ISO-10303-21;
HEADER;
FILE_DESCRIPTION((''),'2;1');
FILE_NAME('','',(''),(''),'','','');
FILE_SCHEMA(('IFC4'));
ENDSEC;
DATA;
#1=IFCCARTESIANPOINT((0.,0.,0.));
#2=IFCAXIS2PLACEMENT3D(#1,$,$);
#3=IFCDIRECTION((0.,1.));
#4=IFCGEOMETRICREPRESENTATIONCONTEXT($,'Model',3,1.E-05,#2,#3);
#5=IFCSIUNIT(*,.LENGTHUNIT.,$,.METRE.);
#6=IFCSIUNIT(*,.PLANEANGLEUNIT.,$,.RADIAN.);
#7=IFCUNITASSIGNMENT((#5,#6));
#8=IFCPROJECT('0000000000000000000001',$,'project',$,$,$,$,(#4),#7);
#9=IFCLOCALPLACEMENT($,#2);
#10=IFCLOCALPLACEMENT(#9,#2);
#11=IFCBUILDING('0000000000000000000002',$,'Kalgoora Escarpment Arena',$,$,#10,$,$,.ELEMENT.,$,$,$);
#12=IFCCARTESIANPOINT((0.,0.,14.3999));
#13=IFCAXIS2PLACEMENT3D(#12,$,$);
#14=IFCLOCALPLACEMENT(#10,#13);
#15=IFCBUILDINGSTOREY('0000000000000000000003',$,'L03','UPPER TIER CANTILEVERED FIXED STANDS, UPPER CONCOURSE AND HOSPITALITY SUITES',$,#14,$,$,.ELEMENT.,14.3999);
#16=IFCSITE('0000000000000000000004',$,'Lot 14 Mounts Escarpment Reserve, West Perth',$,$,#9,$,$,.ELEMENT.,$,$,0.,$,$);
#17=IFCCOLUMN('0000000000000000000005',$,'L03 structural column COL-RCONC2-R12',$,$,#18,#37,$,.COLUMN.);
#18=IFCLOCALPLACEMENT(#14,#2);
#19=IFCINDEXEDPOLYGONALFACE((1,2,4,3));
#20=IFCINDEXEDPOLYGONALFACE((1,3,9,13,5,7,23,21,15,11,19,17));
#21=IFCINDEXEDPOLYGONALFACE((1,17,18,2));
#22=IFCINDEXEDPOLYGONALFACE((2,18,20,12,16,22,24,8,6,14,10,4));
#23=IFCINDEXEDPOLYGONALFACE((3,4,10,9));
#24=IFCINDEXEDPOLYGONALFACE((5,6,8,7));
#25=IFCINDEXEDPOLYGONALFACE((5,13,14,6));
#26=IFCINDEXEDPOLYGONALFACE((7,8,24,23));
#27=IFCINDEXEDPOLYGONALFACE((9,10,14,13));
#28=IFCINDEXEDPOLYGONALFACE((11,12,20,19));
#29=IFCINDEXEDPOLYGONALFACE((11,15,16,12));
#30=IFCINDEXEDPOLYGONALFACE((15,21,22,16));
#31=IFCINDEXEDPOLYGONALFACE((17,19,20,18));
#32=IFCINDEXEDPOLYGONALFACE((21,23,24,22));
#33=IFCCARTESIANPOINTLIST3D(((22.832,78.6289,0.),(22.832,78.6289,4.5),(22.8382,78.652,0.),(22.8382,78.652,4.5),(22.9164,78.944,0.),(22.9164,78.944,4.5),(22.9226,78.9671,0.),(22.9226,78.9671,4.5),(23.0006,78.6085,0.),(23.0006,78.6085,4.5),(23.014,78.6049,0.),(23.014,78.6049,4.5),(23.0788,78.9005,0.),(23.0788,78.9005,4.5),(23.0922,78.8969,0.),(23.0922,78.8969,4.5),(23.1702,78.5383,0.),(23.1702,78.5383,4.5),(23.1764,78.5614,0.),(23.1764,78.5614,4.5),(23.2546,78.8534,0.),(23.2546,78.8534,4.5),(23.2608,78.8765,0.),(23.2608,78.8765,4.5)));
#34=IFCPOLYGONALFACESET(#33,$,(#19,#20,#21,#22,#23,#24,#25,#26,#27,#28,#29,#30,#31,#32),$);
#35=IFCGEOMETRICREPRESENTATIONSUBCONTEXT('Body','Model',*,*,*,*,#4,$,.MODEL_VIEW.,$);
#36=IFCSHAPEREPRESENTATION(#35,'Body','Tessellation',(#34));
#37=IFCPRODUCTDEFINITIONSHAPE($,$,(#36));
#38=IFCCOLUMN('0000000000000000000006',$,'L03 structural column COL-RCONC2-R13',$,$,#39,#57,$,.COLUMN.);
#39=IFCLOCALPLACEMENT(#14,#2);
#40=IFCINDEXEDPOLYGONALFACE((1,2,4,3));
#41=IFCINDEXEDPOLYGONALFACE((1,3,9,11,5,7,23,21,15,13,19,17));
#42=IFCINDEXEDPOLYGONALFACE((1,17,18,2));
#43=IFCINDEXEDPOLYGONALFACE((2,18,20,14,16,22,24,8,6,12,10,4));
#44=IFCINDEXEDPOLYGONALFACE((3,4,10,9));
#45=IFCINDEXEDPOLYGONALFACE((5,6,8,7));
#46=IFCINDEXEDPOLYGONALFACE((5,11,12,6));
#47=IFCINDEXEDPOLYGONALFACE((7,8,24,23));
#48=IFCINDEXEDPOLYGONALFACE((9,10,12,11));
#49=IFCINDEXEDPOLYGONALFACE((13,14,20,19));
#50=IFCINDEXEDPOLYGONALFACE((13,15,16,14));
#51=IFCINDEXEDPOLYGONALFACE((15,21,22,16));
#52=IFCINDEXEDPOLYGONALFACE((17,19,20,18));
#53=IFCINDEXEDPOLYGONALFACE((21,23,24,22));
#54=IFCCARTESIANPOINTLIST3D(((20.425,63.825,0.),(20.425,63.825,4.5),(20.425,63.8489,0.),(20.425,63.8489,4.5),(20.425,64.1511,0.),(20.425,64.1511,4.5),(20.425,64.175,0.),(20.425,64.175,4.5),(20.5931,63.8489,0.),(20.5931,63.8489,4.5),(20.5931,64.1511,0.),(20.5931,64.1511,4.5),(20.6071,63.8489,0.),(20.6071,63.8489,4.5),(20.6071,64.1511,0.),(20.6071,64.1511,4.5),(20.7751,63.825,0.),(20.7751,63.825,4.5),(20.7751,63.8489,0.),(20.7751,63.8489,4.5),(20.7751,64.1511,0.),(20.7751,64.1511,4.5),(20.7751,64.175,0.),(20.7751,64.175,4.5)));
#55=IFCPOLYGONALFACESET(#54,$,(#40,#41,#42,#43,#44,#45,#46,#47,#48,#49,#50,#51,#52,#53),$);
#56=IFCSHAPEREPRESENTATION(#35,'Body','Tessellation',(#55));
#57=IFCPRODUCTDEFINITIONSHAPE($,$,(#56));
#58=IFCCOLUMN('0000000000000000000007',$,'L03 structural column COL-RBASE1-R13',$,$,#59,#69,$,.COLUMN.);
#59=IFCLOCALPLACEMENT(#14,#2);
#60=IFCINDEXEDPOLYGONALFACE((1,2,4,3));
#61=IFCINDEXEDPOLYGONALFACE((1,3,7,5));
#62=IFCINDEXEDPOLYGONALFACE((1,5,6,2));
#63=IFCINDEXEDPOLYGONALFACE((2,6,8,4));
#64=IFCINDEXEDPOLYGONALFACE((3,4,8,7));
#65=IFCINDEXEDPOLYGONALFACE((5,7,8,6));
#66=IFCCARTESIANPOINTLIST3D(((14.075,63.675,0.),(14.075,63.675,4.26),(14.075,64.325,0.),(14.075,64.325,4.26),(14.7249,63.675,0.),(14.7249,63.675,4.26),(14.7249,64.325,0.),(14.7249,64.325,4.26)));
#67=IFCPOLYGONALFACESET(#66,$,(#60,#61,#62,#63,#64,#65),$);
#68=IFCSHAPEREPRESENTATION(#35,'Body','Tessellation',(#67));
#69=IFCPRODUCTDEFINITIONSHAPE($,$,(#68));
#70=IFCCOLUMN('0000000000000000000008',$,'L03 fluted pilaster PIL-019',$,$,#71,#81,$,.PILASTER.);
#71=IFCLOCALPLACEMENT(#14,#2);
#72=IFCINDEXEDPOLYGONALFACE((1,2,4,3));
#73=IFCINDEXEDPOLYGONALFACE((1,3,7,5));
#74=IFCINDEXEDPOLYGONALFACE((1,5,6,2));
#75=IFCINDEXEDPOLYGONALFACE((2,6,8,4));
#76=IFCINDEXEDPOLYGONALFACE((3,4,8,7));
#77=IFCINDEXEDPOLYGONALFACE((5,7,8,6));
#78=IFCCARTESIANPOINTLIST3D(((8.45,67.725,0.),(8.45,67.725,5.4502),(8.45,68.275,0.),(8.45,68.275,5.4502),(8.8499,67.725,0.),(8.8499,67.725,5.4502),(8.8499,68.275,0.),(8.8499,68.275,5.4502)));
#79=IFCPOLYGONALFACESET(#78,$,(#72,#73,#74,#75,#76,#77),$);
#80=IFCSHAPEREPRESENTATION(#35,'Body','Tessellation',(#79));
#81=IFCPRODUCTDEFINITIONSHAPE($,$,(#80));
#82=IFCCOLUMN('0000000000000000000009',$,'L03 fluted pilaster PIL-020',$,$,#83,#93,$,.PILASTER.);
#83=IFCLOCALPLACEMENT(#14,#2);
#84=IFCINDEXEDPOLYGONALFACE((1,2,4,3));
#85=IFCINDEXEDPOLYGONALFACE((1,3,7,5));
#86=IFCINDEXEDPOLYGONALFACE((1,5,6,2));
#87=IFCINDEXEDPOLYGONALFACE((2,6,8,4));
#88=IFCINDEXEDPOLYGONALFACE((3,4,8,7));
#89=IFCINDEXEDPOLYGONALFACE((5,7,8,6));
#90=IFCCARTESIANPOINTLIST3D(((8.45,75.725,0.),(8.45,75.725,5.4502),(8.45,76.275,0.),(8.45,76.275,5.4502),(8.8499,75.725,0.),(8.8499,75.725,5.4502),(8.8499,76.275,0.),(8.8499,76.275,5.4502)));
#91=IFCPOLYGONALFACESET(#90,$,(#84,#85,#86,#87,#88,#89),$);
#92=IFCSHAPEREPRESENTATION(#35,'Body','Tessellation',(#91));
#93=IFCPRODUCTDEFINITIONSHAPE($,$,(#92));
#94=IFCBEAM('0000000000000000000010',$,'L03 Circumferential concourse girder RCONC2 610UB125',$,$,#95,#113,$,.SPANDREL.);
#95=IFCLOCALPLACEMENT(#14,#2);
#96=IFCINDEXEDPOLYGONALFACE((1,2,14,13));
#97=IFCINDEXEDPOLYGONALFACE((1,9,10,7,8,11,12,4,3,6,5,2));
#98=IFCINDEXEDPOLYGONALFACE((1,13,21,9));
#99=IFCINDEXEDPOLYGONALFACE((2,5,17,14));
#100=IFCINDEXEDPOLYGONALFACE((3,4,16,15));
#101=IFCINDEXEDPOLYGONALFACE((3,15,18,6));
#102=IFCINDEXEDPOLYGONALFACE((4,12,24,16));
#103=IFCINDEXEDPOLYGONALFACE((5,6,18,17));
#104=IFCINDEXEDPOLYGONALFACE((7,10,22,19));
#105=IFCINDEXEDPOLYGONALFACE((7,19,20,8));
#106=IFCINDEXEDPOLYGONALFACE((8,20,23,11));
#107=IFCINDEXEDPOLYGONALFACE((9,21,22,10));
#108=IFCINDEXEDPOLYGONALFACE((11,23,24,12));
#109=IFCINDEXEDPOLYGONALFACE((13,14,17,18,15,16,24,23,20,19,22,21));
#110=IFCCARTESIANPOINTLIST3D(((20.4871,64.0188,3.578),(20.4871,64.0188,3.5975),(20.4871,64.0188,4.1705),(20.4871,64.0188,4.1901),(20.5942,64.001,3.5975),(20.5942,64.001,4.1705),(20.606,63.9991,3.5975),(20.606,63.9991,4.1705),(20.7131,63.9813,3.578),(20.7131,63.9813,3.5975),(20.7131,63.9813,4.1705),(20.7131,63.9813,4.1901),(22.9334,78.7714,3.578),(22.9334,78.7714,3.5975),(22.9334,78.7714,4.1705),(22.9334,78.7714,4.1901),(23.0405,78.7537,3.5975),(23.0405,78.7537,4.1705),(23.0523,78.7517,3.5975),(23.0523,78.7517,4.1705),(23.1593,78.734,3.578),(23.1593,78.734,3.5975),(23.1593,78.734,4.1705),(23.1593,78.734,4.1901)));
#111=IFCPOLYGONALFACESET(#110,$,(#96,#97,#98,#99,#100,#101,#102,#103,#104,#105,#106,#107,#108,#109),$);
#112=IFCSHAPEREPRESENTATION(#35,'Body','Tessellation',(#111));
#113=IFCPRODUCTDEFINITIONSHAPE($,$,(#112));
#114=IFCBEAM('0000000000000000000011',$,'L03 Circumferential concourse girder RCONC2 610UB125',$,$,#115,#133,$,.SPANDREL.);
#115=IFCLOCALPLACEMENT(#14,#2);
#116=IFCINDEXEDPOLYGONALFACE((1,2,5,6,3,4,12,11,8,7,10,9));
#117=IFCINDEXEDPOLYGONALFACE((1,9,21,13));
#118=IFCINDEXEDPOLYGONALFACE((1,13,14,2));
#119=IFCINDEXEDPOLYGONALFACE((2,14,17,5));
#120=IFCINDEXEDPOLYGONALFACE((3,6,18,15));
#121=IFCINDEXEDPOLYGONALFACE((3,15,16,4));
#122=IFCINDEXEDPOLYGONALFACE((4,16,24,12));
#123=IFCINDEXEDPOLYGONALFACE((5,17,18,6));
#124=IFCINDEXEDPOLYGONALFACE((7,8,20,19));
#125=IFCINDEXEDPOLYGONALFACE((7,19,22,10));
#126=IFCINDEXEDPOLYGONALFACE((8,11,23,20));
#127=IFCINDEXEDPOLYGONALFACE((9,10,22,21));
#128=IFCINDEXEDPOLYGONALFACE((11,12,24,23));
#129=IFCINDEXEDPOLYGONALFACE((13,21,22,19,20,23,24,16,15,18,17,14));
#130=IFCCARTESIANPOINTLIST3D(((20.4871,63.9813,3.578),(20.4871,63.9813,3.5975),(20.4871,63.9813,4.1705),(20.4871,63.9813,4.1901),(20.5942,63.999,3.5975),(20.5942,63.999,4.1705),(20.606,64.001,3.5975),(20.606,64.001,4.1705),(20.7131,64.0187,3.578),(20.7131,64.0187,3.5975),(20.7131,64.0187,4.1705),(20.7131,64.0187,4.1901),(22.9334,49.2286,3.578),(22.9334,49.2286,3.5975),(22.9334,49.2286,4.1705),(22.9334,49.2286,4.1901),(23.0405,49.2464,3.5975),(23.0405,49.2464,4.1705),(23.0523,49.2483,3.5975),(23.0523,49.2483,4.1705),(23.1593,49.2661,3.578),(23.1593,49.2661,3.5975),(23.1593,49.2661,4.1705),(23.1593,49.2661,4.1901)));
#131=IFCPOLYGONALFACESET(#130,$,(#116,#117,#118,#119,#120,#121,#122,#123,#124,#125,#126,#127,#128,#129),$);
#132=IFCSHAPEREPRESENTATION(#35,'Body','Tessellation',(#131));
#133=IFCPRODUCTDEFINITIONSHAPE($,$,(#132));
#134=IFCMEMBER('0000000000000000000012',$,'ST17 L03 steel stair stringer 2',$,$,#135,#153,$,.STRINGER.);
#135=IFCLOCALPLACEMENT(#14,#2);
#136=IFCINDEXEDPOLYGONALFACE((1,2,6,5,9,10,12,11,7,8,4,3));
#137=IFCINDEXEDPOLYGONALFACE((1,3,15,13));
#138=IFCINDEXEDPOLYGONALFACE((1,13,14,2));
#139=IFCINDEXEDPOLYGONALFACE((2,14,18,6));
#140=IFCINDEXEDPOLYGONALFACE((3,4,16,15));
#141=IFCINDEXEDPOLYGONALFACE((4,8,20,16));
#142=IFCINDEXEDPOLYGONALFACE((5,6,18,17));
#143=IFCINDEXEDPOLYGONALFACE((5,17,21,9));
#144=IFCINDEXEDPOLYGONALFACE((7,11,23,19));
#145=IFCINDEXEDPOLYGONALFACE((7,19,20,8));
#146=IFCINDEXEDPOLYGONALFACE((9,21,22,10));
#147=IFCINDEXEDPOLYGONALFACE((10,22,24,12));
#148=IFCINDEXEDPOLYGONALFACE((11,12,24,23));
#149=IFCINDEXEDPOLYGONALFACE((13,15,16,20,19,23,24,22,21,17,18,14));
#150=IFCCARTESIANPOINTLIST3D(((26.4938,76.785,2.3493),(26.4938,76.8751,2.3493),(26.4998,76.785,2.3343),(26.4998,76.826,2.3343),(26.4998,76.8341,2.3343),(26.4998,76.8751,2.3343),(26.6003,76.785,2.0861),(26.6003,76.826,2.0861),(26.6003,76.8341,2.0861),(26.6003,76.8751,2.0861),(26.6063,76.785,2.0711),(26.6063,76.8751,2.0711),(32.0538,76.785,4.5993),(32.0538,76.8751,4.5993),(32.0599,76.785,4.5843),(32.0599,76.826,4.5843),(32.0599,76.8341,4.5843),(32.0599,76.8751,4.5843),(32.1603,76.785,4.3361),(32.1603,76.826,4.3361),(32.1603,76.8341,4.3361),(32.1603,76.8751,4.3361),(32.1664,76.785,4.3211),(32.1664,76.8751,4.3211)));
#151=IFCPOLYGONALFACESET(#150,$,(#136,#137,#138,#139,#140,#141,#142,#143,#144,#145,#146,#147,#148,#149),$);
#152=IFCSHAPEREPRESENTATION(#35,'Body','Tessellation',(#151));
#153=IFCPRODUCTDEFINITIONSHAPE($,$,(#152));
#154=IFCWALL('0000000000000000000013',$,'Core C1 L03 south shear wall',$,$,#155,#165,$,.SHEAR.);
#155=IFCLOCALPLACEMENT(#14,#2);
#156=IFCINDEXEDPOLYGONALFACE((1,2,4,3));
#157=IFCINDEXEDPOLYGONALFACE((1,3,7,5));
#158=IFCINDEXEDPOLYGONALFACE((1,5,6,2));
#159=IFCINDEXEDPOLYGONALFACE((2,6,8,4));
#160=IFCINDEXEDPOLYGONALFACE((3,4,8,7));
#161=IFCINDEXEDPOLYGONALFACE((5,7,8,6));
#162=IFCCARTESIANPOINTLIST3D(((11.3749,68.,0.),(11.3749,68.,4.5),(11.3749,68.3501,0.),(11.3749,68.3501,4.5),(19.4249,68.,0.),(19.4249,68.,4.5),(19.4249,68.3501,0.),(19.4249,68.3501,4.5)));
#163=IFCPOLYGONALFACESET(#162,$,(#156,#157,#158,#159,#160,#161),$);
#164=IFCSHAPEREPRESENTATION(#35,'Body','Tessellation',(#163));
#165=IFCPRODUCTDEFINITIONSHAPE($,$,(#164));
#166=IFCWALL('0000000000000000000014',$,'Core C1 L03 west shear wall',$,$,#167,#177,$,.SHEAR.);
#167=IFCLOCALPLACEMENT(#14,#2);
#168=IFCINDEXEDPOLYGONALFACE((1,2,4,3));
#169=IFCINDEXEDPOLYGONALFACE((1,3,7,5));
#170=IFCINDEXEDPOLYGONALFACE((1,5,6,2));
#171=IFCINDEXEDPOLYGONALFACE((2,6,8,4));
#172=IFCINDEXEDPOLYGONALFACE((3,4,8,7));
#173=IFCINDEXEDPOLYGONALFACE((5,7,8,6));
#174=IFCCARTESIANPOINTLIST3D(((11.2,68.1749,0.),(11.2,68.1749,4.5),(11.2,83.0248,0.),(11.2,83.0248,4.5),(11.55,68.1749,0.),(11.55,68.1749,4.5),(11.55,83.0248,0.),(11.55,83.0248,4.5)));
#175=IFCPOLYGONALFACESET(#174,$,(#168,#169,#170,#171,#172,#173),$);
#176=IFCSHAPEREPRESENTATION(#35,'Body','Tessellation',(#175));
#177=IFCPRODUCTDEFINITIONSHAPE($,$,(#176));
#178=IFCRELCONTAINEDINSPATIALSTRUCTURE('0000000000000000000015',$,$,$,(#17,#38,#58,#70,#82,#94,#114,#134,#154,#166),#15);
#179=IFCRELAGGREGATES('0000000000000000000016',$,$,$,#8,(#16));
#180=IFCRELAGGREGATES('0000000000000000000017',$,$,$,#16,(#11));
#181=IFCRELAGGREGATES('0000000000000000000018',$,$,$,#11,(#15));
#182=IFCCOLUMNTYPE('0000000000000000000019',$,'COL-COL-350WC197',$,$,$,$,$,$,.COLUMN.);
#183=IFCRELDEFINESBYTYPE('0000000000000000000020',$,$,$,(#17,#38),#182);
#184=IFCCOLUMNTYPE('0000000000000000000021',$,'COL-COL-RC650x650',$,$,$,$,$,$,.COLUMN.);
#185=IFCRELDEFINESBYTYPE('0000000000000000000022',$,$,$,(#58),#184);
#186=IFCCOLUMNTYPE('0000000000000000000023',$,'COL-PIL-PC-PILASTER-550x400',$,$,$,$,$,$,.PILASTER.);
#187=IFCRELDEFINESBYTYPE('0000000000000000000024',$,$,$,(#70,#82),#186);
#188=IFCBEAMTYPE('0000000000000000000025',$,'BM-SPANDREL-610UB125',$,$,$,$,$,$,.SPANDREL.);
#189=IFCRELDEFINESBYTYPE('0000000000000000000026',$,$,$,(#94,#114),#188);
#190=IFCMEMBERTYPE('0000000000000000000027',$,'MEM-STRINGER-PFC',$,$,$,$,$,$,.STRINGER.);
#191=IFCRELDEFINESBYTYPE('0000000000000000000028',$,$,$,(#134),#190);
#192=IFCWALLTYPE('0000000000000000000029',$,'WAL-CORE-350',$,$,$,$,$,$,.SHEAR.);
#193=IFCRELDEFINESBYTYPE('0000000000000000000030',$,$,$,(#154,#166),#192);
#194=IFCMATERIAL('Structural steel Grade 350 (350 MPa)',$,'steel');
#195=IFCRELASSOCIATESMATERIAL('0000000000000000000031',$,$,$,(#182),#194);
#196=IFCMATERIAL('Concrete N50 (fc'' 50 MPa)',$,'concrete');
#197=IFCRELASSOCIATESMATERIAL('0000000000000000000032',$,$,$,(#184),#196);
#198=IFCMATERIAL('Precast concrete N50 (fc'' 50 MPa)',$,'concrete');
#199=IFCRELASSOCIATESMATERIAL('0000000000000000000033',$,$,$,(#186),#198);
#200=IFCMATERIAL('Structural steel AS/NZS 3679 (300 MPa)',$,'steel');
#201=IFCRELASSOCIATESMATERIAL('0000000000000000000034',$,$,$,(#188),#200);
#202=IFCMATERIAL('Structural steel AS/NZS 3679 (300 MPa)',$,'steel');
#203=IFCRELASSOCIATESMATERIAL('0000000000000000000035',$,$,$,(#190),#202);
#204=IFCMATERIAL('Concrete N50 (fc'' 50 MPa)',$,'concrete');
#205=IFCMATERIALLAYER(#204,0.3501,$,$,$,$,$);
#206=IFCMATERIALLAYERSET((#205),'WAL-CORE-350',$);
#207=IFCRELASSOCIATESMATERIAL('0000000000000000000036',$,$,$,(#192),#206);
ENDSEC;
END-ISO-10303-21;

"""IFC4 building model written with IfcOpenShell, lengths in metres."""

from ifc_helpers import new_model, si_unit, direction, frame, frame_2d, origin, origin_2d, place, context, subcontext, project, spatial, rectangle, i_section, extrude, material, layer, layer_set, material_profile, profile_set, type_object, element, save


model = new_model("IFC4")

# Units and contexts
model_context = context("Model", 3, precision=1e-05, world=origin(), true_north=direction((0.0, 1.0)))
body_context = subcontext(model_context, "Body", "Model", "MODEL_VIEW")
ifc_project = project(units=[si_unit("LENGTHUNIT", "METRE"), si_unit("PLANEANGLEUNIT", "RADIAN")], contexts=[model_context])

# Site, building, storey
site_placement = place(None, origin())
site = spatial("IfcSite", under=ifc_project, at=site_placement, Name="Lot 14 Mounts Escarpment Reserve, West Perth", CompositionType="ELEMENT", RefElevation=0.0)
building_placement = place(site_placement, origin())
building = spatial("IfcBuilding", under=site, at=building_placement, Name="Kalgoora Escarpment Arena", CompositionType="ELEMENT")
storey_placement = place(building_placement, frame((0.0, 0.0, 14.3999)))
storey = spatial("IfcBuildingStorey", under=building, at=storey_placement, Name="L03", Description="UPPER TIER CANTILEVERED FIXED STANDS, UPPER CONCOURSE AND HOSPITALITY SUITES", CompositionType="ELEMENT", Elevation=14.3999)

# Columns
ifc_material_1 = material(Name="Structural steel Grade 350 (350 MPa)", Category="steel")
ifc_material_profile_1 = material_profile(ifc_material_1, i_section(OverallWidth=0.3501, OverallDepth=0.3501, WebThickness=0.0139, FlangeThickness=0.0239, at=origin_2d()))
ifc_profile_set_1 = profile_set([ifc_material_profile_1], Name="Structural steel Grade 350 (350 MPa)")
column_type_1 = type_object("IfcColumnType", Name="COL-COL-350WC197", PredefinedType="COLUMN", material=ifc_profile_set_1)
for number, where, z_axis, x_axis, name in (
    (1, (23.0464, 78.7527, 0.0), (0.0, 0.0, 1.0), (-0.965926, 0.258819, 0.0), "L03 structural column COL-RCONC2-R12"),
    (2, (20.6001, 64.0, 0.0), (0.0, 0.0, 1.0), (-1.0, 0.0, 0.0), "L03 structural column COL-RCONC2-R13"),
):
    element("IfcColumn", number, at=place(storey_placement, frame(where, z_axis=z_axis, x_axis=x_axis)), inside=storey, type_object=column_type_1, Name=name, PredefinedType="COLUMN", context=body_context, shape_type="SweptSolid", body=[
        extrude(i_section(OverallWidth=0.3501, OverallDepth=0.3501, WebThickness=0.0139, FlangeThickness=0.0239, at=origin_2d()), origin(), (0.0, 0.0, 1.0), 4.5),
    ])
ifc_material_2 = material(Name="Concrete N50 (fc' 50 MPa)", Category="concrete")
ifc_material_profile_2 = material_profile(ifc_material_2, rectangle(XDim=0.6499, YDim=0.6499, at=origin_2d()))
ifc_profile_set_2 = profile_set([ifc_material_profile_2], Name="Concrete N50 (fc' 50 MPa)")
column_type_2 = type_object("IfcColumnType", Name="COL-COL-RC650x650", PredefinedType="COLUMN", material=ifc_profile_set_2)
column_placement = place(storey_placement, frame((14.3999, 64.0, 0.0), z_axis=(0.0, 0.0, 1.0), x_axis=(-1.0, 0.0, 0.0)))
element("IfcColumn", 3, at=column_placement, inside=storey, type_object=column_type_2, Name="L03 structural column COL-RBASE1-R13", PredefinedType="COLUMN", context=body_context, shape_type="SweptSolid", body=[
    extrude(rectangle(XDim=0.6499, YDim=0.6499, at=origin_2d()), origin(), (0.0, 0.0, 1.0), 4.26),
])
ifc_material_3 = material(Name="Precast concrete N50 (fc' 50 MPa)", Category="concrete")
ifc_material_profile_3 = material_profile(ifc_material_3, rectangle(XDim=0.3999, YDim=0.55, at=origin_2d()))
ifc_profile_set_3 = profile_set([ifc_material_profile_3], Name="Precast concrete N50 (fc' 50 MPa)")
column_type_3 = type_object("IfcColumnType", Name="COL-PIL-PC-PILASTER-550x400", PredefinedType="PILASTER", material=ifc_profile_set_3)
for number, where, z_axis, x_axis, name in (
    (4, (8.6499, 68.0, 0.0), (0.0, 0.0, 1.0), (1.0, 0.0, 0.0), "L03 fluted pilaster PIL-019"),
    (5, (8.6499, 76.0, 0.0), (0.0, 0.0, 1.0), (1.0, 0.0, 0.0), "L03 fluted pilaster PIL-020"),
):
    element("IfcColumn", number, at=place(storey_placement, frame(where, z_axis=z_axis, x_axis=x_axis)), inside=storey, type_object=column_type_3, Name=name, PredefinedType="PILASTER", context=body_context, shape_type="SweptSolid", body=[
        extrude(rectangle(XDim=0.3999, YDim=0.55, at=origin_2d()), origin(), (0.0, 0.0, 1.0), 5.4502),
    ])

# Beams
ifc_material_4 = material(Name="Structural steel AS/NZS 3679 (300 MPa)", Category="steel")
ifc_material_profile_4 = material_profile(ifc_material_4, i_section(OverallWidth=0.229, OverallDepth=0.6121, WebThickness=0.012, FlangeThickness=0.0195, at=origin_2d()))
ifc_profile_set_4 = profile_set([ifc_material_profile_4], Name="Structural steel AS/NZS 3679 (300 MPa)")
beam_type = type_object("IfcBeamType", Name="BM-SPANDREL-610UB125", PredefinedType="SPANDREL", material=ifc_profile_set_4)
for number, where, z_axis, x_axis, name in (
    (6, (23.0464, 78.7527, 3.884), (-0.163586, -0.986529, 0.0), (0.986529, -0.163586, 0.0), "L03 Circumferential concourse girder RCONC2 610UB125"),
    (7, (20.6001, 64.0, 3.884), (0.163586, -0.986529, 0.0), (0.986529, 0.163586, 0.0), "L03 Circumferential concourse girder RCONC2 610UB125"),
):
    element("IfcBeam", number, at=place(storey_placement, frame(where, z_axis=z_axis, x_axis=x_axis)), inside=storey, type_object=beam_type, Name=name, PredefinedType="SPANDREL", context=body_context, shape_type="SweptSolid", body=[
        extrude(i_section(OverallWidth=0.229, OverallDepth=0.6121, WebThickness=0.012, FlangeThickness=0.0195, at=origin_2d()), origin(), (0.0, 0.0, 1.0), 14.9541),
    ])

# Member
ifc_material_5 = material(Name="Structural steel AS/NZS 3679 (300 MPa)", Category="steel")
ifc_material_profile_5 = material_profile(ifc_material_5, i_section(OverallWidth=0.0901, OverallDepth=0.3, WebThickness=0.0081, FlangeThickness=0.0161, at=origin_2d()))
ifc_profile_set_5 = profile_set([ifc_material_profile_5], Name="Structural steel AS/NZS 3679 (300 MPa)")
member_type = type_object("IfcMemberType", Name="MEM-STRINGER-PFC", PredefinedType="STRINGER", material=ifc_profile_set_5)
member_placement = place(storey_placement, frame((26.55, 76.8301, 2.2102), z_axis=(0.926976, 0.0, 0.375121), x_axis=(0.0, 1.0, 0.0)))
element("IfcMember", 8, at=member_placement, inside=storey, type_object=member_type, Name="ST17 L03 steel stair stringer 2", PredefinedType="STRINGER", context=body_context, shape_type="SweptSolid", body=[
    extrude(i_section(OverallWidth=0.0901, OverallDepth=0.3, WebThickness=0.0081, FlangeThickness=0.0161, at=origin_2d()), origin(), (0.0, 0.0, 1.0), 5.998),
])

# Walls
ifc_material_6 = material(Name="Concrete N50 (fc' 50 MPa)", Category="concrete")
ifc_layer_1 = layer(ifc_material_6, 0.3501)
ifc_layer_set_1 = layer_set([ifc_layer_1], Name="WAL-CORE-350")
wall_type_1 = type_object("IfcWallType", Name="WAL-CORE-350", PredefinedType="SHEAR", material=ifc_layer_set_1)
wall_1_placement = place(storey_placement, frame((11.375, 68.175, 0.0), z_axis=(0.0, 0.0, 1.0), x_axis=(1.0, 0.0, 0.0)))
element("IfcWall", 9, at=wall_1_placement, inside=storey, type_object=wall_type_1, Name="Core C1 L03 south shear wall", PredefinedType="SHEAR", context=body_context, shape_type="SweptSolid", body=[
    extrude(rectangle(XDim=8.05, YDim=0.3501, at=frame_2d((4.0249, 0.0))), origin(), (0.0, 0.0, 1.0), 4.5),
])
wall_2_placement = place(storey_placement, frame((11.375, 68.175, 0.0), z_axis=(0.0, 0.0, 1.0), x_axis=(0.0, 1.0, 0.0)))
element("IfcWall", 10, at=wall_2_placement, inside=storey, type_object=wall_type_1, Name="Core C1 L03 west shear wall", PredefinedType="SHEAR", context=body_context, shape_type="SweptSolid", body=[
    extrude(rectangle(XDim=14.8499, YDim=0.3501, at=frame_2d((7.4248, 0.0))), origin(), (0.0, 0.0, 1.0), 4.5),
])

save(model, "model.ifc")
